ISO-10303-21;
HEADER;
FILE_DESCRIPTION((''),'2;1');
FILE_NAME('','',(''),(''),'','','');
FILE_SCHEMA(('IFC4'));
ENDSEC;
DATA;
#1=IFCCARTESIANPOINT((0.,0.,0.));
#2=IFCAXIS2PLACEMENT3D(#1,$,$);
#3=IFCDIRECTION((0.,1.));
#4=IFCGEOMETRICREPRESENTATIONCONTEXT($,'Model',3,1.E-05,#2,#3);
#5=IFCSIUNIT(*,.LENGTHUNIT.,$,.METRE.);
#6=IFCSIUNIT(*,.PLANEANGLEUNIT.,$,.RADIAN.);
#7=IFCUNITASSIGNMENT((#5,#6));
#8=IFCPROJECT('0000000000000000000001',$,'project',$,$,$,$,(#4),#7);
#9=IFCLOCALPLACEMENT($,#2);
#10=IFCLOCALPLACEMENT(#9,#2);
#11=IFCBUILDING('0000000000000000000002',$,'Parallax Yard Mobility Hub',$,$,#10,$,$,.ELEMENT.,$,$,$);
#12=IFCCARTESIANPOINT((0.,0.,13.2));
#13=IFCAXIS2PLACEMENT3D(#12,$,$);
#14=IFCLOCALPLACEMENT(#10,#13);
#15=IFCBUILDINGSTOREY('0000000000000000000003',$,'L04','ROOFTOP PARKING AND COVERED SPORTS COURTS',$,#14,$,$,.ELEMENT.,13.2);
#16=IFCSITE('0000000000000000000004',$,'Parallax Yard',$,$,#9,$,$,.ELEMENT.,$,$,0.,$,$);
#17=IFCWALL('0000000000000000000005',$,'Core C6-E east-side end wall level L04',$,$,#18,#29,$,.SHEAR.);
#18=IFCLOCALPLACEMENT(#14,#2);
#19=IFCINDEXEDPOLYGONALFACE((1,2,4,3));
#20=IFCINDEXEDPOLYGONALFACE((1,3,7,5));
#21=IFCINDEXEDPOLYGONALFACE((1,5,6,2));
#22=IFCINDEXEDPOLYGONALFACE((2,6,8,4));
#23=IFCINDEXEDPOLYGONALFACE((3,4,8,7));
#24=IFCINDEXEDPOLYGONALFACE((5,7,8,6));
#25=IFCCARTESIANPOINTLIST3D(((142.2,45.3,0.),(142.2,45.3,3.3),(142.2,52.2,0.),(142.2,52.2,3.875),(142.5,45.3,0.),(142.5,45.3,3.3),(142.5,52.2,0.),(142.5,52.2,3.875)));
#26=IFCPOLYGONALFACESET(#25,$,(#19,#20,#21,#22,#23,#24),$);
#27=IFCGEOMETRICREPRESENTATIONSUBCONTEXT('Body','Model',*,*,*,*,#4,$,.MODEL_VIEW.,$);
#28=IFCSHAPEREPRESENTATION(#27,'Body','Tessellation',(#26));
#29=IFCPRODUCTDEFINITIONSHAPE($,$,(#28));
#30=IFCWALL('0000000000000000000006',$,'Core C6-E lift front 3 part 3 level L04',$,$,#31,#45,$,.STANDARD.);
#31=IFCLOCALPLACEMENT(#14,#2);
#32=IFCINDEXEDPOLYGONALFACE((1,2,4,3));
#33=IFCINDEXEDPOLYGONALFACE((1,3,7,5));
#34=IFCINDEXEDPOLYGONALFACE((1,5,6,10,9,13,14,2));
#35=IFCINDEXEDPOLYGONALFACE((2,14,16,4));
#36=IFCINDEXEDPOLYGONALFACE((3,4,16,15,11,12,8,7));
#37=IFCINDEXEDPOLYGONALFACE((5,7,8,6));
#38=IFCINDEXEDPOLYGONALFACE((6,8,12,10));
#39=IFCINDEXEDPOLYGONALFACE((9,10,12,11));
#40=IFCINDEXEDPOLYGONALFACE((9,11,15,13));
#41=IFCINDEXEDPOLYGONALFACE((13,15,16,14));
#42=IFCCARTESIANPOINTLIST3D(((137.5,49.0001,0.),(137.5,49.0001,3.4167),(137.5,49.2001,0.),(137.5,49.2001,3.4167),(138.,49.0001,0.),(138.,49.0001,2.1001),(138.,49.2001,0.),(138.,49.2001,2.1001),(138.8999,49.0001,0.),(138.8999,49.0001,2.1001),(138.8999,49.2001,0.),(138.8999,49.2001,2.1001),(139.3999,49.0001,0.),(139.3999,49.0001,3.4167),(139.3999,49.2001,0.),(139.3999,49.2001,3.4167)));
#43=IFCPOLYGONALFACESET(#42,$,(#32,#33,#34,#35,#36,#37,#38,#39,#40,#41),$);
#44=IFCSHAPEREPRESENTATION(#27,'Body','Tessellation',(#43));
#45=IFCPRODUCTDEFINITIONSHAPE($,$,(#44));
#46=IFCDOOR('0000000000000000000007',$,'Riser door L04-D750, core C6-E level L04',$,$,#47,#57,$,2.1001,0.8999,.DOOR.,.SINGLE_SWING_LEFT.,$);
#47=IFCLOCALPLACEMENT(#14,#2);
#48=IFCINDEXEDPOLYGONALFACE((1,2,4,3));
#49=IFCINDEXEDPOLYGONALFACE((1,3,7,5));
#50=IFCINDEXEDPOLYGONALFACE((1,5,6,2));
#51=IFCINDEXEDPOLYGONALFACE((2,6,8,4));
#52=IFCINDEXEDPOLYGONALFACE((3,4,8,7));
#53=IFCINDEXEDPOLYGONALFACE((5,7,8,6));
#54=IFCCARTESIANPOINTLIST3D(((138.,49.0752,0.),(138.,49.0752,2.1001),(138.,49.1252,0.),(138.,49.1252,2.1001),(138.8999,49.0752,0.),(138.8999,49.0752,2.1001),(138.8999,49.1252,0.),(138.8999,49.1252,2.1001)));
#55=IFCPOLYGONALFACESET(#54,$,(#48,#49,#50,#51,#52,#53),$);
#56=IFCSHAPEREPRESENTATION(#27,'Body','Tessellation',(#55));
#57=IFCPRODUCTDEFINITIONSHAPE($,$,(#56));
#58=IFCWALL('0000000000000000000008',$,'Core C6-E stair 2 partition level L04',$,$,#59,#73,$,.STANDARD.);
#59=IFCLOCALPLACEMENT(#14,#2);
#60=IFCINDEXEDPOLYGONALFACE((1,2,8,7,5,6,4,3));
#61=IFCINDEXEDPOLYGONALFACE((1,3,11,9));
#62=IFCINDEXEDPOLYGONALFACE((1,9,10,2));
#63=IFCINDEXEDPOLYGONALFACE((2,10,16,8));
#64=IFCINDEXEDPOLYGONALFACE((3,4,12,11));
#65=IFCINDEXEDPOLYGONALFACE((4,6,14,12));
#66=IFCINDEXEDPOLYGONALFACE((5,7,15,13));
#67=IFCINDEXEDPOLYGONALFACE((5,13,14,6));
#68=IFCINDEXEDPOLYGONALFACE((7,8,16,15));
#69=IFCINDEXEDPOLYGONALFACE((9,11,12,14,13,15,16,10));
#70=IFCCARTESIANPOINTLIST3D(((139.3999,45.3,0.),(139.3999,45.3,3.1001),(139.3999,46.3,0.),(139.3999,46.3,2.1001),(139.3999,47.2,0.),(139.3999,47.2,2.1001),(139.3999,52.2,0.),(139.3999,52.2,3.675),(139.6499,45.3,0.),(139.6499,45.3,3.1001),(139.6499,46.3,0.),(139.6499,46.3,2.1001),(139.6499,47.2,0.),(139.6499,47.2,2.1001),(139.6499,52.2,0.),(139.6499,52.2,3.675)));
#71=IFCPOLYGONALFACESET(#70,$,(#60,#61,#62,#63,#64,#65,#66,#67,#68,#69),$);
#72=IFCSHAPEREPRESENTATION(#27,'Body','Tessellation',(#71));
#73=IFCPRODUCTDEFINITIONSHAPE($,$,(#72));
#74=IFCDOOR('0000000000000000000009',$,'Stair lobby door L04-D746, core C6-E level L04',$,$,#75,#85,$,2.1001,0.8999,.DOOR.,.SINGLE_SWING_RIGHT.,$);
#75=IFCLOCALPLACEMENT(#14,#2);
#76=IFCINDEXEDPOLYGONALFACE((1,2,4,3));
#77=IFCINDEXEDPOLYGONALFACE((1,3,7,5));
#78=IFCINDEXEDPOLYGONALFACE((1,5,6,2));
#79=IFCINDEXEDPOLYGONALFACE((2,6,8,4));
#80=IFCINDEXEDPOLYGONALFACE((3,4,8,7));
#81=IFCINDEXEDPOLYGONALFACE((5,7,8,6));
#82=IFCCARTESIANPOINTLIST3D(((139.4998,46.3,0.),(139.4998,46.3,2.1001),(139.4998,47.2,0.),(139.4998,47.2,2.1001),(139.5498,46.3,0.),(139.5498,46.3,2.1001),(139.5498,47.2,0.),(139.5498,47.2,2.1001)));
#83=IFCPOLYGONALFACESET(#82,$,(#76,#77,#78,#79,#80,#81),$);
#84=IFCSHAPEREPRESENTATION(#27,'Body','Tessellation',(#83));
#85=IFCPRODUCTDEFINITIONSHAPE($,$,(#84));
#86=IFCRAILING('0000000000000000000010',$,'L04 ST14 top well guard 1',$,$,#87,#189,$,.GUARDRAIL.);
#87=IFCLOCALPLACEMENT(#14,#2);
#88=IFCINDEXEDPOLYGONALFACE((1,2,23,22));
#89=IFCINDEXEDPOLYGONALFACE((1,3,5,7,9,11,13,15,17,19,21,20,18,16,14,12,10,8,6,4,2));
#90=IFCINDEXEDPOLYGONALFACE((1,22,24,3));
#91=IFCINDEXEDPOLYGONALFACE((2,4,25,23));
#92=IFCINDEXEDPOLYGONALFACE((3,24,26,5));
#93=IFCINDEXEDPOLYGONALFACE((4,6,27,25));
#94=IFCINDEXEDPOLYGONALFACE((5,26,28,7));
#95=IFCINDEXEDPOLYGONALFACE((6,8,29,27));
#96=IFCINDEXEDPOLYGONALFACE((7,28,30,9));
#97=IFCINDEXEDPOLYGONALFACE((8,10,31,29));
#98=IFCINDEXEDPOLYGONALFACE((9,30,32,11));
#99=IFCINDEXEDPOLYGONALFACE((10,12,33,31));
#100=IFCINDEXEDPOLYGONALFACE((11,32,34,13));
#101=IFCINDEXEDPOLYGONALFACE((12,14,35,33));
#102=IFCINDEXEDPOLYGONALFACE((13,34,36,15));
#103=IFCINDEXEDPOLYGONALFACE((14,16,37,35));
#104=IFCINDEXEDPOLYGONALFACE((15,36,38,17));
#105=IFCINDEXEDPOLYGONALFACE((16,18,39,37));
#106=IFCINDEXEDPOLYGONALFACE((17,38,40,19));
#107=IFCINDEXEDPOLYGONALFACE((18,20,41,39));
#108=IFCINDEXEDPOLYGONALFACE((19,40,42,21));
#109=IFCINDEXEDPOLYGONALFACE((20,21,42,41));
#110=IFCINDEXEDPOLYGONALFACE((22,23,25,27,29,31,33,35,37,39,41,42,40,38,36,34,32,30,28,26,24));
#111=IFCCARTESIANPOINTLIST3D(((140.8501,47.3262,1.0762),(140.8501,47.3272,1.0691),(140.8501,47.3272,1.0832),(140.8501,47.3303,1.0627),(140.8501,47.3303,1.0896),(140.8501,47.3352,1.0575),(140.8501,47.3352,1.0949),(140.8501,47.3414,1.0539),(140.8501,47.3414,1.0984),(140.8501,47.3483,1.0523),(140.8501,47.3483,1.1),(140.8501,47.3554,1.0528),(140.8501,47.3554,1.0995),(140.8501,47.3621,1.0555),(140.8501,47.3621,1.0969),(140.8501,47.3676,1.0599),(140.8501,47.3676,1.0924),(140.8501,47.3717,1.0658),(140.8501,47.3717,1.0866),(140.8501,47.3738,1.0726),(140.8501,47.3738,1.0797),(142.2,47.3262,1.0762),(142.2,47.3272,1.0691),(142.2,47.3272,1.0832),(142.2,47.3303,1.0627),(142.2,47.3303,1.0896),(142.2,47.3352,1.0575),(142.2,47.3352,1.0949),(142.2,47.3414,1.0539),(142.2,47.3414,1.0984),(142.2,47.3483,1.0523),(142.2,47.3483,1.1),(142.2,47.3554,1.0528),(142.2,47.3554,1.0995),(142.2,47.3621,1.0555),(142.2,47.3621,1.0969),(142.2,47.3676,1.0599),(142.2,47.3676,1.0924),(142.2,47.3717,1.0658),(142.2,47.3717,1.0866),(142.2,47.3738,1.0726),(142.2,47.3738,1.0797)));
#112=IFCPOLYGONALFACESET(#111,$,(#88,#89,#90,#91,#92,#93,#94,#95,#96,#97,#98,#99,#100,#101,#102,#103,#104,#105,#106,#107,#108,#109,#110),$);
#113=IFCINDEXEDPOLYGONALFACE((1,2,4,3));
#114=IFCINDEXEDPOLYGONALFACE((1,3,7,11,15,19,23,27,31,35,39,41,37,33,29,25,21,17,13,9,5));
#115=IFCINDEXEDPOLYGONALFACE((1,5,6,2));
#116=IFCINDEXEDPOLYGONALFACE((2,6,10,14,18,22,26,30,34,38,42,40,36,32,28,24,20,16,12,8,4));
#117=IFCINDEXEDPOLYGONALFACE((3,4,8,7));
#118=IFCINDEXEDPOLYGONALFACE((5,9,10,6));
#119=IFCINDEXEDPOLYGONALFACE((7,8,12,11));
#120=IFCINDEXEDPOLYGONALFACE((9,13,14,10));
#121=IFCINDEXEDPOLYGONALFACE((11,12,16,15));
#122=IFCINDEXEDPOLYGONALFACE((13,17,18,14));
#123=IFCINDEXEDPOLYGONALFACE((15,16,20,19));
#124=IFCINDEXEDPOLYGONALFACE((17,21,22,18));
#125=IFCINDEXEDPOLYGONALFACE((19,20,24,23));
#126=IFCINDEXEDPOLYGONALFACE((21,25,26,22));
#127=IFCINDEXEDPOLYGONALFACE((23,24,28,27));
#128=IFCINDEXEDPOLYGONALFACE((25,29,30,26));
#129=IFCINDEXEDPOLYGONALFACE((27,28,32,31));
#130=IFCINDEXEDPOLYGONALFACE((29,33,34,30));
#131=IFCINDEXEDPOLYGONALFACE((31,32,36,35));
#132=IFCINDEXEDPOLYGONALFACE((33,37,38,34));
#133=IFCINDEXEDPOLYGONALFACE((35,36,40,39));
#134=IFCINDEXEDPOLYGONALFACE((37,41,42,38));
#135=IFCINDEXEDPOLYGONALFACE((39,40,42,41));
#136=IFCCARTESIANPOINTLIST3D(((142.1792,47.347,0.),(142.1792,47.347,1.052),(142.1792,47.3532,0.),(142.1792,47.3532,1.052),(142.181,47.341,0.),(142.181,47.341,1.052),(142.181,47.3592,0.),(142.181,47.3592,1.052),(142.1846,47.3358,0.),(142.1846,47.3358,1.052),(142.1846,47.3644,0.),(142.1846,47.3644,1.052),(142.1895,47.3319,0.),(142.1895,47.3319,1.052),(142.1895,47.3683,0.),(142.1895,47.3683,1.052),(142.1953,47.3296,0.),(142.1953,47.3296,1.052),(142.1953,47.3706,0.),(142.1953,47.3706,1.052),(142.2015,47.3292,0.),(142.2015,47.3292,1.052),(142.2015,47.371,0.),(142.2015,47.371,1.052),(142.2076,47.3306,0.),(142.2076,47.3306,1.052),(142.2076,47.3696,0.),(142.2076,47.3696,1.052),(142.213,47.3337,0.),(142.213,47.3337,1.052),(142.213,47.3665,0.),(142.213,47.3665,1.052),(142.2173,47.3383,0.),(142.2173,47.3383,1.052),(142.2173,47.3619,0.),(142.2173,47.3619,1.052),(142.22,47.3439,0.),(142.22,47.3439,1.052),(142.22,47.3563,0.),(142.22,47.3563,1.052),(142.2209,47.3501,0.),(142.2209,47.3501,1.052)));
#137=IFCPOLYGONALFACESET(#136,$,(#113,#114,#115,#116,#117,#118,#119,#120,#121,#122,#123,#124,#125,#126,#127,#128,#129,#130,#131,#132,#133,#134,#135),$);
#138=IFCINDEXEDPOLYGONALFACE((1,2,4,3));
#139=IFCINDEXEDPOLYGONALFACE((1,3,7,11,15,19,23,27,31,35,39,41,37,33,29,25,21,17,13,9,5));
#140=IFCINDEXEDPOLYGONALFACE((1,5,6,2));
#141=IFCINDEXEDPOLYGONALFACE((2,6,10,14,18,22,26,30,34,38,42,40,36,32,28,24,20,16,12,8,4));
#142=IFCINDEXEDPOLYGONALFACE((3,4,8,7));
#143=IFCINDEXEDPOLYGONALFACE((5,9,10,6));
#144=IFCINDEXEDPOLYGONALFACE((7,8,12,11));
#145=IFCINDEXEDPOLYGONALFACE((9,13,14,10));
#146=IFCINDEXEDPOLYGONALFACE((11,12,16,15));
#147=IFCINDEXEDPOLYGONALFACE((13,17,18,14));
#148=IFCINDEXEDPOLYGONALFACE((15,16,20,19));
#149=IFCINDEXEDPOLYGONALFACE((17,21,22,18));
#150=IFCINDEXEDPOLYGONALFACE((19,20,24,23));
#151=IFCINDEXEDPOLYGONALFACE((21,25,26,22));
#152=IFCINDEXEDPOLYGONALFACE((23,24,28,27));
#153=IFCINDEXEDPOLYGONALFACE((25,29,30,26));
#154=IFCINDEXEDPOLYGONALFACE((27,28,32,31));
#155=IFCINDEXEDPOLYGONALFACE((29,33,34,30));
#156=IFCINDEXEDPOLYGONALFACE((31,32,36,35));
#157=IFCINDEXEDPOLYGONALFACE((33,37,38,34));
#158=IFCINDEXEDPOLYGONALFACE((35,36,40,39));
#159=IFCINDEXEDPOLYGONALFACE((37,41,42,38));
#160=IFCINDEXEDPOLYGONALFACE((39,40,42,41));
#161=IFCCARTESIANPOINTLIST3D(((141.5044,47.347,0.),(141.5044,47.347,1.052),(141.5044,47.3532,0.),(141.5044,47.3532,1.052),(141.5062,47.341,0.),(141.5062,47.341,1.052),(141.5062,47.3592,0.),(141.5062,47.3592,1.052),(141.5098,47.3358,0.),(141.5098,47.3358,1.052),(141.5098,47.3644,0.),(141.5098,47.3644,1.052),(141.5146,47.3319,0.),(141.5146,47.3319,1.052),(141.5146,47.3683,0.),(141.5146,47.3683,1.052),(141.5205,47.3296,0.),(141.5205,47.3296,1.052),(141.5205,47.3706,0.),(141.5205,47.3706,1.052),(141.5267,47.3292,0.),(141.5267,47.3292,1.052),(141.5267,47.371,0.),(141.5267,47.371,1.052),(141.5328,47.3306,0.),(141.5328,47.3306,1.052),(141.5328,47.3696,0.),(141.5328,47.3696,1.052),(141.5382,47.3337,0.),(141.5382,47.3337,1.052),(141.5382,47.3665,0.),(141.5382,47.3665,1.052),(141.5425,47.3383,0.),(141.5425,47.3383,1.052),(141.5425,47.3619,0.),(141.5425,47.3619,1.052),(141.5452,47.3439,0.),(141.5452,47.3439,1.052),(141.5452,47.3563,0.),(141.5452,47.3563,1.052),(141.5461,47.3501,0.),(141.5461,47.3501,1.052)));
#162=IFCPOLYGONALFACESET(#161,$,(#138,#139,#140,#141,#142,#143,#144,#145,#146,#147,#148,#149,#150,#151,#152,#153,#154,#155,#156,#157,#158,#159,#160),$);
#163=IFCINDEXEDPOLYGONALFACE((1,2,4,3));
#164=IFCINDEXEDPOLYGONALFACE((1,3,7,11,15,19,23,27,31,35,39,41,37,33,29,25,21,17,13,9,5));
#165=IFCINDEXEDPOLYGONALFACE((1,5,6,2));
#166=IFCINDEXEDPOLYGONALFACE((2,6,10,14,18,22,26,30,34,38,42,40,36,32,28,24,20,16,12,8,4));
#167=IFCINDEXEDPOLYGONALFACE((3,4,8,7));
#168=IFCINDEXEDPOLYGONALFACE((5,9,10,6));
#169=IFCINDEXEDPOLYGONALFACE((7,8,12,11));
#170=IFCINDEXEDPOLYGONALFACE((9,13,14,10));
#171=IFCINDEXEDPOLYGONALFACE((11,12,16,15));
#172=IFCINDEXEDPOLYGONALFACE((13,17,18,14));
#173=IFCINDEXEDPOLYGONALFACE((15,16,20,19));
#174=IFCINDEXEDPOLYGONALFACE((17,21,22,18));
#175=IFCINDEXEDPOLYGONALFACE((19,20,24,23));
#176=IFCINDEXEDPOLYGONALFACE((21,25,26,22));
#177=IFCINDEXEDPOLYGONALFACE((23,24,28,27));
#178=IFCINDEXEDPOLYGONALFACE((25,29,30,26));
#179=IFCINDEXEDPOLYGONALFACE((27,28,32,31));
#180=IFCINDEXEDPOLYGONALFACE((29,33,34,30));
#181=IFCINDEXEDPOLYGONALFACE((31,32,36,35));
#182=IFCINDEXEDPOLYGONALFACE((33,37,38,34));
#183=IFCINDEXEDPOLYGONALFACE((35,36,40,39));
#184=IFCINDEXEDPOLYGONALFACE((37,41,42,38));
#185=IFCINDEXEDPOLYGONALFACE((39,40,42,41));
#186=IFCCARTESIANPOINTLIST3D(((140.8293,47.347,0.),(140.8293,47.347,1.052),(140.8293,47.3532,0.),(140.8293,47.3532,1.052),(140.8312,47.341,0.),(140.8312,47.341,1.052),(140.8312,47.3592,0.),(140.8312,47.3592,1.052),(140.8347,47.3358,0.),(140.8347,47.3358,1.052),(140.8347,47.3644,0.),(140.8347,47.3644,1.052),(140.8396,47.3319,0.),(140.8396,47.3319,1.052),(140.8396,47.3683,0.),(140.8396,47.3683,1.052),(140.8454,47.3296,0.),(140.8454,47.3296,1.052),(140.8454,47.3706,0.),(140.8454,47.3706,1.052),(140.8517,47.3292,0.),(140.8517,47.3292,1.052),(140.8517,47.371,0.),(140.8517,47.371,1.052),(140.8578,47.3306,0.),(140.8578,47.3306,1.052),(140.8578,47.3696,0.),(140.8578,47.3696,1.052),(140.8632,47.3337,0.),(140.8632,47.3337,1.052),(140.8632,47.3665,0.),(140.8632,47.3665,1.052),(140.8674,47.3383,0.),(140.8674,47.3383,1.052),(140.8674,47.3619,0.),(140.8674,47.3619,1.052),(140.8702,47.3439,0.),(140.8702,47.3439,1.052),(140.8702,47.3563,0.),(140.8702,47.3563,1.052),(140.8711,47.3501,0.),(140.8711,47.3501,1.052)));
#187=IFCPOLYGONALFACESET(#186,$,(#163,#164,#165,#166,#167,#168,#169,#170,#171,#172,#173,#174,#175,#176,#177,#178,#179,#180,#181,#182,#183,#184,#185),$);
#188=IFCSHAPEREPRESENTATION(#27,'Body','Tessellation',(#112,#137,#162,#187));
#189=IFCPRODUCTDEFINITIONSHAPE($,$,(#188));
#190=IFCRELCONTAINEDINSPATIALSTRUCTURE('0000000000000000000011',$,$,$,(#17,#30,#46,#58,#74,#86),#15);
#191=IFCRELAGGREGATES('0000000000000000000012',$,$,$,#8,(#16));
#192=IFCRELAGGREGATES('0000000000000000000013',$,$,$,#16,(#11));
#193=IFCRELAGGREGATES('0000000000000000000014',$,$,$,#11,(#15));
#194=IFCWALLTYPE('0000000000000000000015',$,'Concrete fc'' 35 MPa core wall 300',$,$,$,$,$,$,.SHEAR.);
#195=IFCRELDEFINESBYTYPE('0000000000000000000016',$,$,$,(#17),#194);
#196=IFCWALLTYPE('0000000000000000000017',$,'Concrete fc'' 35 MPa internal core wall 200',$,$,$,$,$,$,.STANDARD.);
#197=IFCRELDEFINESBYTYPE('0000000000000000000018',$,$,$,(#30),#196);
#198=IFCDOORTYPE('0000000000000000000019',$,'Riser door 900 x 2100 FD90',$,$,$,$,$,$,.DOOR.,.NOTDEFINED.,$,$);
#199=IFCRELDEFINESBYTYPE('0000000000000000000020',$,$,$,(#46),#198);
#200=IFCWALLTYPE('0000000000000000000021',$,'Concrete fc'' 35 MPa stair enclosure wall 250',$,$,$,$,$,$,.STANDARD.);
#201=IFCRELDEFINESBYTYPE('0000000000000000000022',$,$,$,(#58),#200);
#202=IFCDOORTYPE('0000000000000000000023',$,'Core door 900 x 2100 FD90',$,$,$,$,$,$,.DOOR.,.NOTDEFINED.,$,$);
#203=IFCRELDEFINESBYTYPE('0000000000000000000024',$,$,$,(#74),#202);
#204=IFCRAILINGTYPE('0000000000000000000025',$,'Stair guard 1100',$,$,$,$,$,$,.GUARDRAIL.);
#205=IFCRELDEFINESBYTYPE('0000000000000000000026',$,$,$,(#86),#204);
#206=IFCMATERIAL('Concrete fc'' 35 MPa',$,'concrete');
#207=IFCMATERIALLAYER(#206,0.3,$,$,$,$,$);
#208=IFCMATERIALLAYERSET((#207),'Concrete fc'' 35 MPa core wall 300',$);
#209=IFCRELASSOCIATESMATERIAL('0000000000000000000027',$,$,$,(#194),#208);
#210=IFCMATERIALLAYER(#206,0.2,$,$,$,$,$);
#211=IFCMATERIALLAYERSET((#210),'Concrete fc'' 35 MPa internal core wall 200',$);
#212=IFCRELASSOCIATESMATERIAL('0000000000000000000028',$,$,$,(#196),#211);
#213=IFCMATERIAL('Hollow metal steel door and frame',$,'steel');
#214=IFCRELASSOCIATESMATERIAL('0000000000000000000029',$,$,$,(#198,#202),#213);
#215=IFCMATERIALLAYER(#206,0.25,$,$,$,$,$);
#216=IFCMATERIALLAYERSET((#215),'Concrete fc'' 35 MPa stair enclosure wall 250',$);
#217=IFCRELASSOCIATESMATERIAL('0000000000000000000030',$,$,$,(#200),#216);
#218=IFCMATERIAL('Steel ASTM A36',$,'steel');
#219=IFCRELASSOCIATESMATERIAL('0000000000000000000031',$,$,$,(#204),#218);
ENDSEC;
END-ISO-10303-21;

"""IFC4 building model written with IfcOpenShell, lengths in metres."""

from ifc_helpers import new_model, si_unit, direction, frame, frame_2d, origin, origin_2d, place, context, subcontext, project, spatial, polyline, rectangle, circle, outline, extrude, material, layer, layer_set, type_object, element, fill, save


model = new_model("IFC4")

# Units and contexts
model_context = context("Model", 3, precision=1e-05, world=origin(), true_north=direction((0.0, 1.0)))
body_context = subcontext(model_context, "Body", "Model", "MODEL_VIEW")
ifc_project = project(units=[si_unit("LENGTHUNIT", "METRE"), si_unit("PLANEANGLEUNIT", "RADIAN")], contexts=[model_context])

# Site, building, storey
site_placement = place(None, origin())
site = spatial("IfcSite", under=ifc_project, at=site_placement, Name="Parallax Yard", CompositionType="ELEMENT", RefElevation=0.0)
building_placement = place(site_placement, origin())
building = spatial("IfcBuilding", under=site, at=building_placement, Name="Parallax Yard Mobility Hub", CompositionType="ELEMENT")
storey_placement = place(building_placement, frame((0.0, 0.0, 13.2)))
storey = spatial("IfcBuildingStorey", under=building, at=storey_placement, Name="L04", Description="ROOFTOP PARKING AND COVERED SPORTS COURTS", CompositionType="ELEMENT", Elevation=13.2)

# Wall
ifc_material_1 = material(Name="Concrete fc' 35 MPa", Category="concrete")
ifc_layer_1 = layer(ifc_material_1, 0.3)
ifc_layer_set_1 = layer_set([ifc_layer_1], Name="Concrete fc' 35 MPa core wall 300")
wall_type_1 = type_object("IfcWallType", Name="Concrete fc' 35 MPa core wall 300", PredefinedType="SHEAR", material=ifc_layer_set_1)
wall_1_placement = place(storey_placement, frame((142.3501, 52.2, 0.0), z_axis=(0.0, 0.0, 1.0), x_axis=(0.0, -1.0, 0.0)))
element("IfcWall", 1, at=wall_1_placement, inside=storey, type_object=wall_type_1, Name="Core C6-E east-side end wall level L04", PredefinedType="SHEAR", context=body_context, shape_type="SweptSolid", body=[
    extrude(outline(polyline([(0.0, 0.0), (6.8999, 0.0), (6.8999, 3.3), (0.0, 3.875), (0.0, 0.0)])), frame((0.0, 0.1499, 0.0), z_axis=(0.0, -1.0, 0.0), x_axis=(1.0, 0.0, 0.0)), (0.0, 0.0, 1.0), 0.3),
])

# Walls, openings, doors
ifc_layer_2 = layer(ifc_material_1, 0.2)
ifc_layer_set_2 = layer_set([ifc_layer_2], Name="Concrete fc' 35 MPa internal core wall 200")
wall_type_2 = type_object("IfcWallType", Name="Concrete fc' 35 MPa internal core wall 200", PredefinedType="STANDARD", material=ifc_layer_set_2)
wall_2_placement = place(storey_placement, frame((139.3999, 49.1001, 0.0), z_axis=(0.0, 0.0, 1.0), x_axis=(-1.0, 0.0, 0.0)))
wall_2 = element("IfcWall", 2, at=wall_2_placement, inside=storey, type_object=wall_type_2, Name="Core C6-E lift front 3 part 3 level L04", PredefinedType="STANDARD", context=body_context, shape_type="SweptSolid", body=[
    extrude(rectangle(XDim=1.8999, YDim=0.2, at=frame_2d((0.95, 0.0))), origin(), (0.0, 0.0, 1.0), 3.4167),
])
opening_1_placement = place(wall_2_placement, frame((0.5, 0.0, 0.0)))
opening_1 = element("IfcOpeningElement", 3, at=opening_1_placement, cuts=wall_2, PredefinedType="OPENING", context=body_context, shape_type="SweptSolid", body=[
    extrude(rectangle(XDim=0.8999, YDim=2.1001, at=frame_2d((0.45, 1.05))), frame((0.0, 0.1099, 0.0), z_axis=(0.0, -1.0, 0.0), x_axis=(1.0, 0.0, 0.0)), (0.0, 0.0, 1.0), 0.22),
])
ifc_material_2 = material(Name="Hollow metal steel door and frame", Category="steel")
door_type_1 = type_object("IfcDoorType", Name="Riser door 900 x 2100 FD90", OperationType="NOTDEFINED", PredefinedType="DOOR", material=ifc_material_2)
door_1_placement = place(opening_1_placement, origin())
door_1 = element("IfcDoor", 4, at=door_1_placement, inside=storey, type_object=door_type_1, Name="Riser door L04-D750, core C6-E level L04", OperationType="SINGLE_SWING_LEFT", OverallHeight=2.1001, OverallWidth=0.8999, PredefinedType="DOOR", context=body_context, shape_type="SweptSolid", body=[
    extrude(rectangle(XDim=0.8999, YDim=2.1001, at=frame_2d((0.45, 1.05))), frame((0.0, 0.0249, 0.0), z_axis=(0.0, -1.0, 0.0), x_axis=(1.0, 0.0, 0.0)), (0.0, 0.0, 1.0), 0.05),
])
fill(opening_1, door_1)
ifc_layer_3 = layer(ifc_material_1, 0.25)
ifc_layer_set_3 = layer_set([ifc_layer_3], Name="Concrete fc' 35 MPa stair enclosure wall 250")
wall_type_3 = type_object("IfcWallType", Name="Concrete fc' 35 MPa stair enclosure wall 250", PredefinedType="STANDARD", material=ifc_layer_set_3)
wall_3_placement = place(storey_placement, frame((139.5249, 52.2, 0.0), z_axis=(0.0, 0.0, 1.0), x_axis=(0.0, -1.0, 0.0)))
wall_3 = element("IfcWall", 5, at=wall_3_placement, inside=storey, type_object=wall_type_3, Name="Core C6-E stair 2 partition level L04", PredefinedType="STANDARD", context=body_context, shape_type="SweptSolid", body=[
    extrude(outline(polyline([(0.0, 0.0), (6.8999, 0.0), (6.8999, 3.1001), (0.0, 3.675), (0.0, 0.0)])), frame((0.0, 0.125, 0.0), z_axis=(0.0, -1.0, 0.0), x_axis=(1.0, 0.0, 0.0)), (0.0, 0.0, 1.0), 0.25),
])
opening_2_placement = place(wall_3_placement, frame((5.0, 0.0, 0.0)))
opening_2 = element("IfcOpeningElement", 6, at=opening_2_placement, cuts=wall_3, PredefinedType="OPENING", context=body_context, shape_type="SweptSolid", body=[
    extrude(rectangle(XDim=0.8999, YDim=2.1001, at=frame_2d((0.45, 1.05))), frame((0.0, 0.135, 0.0), z_axis=(0.0, -1.0, 0.0), x_axis=(1.0, 0.0, 0.0)), (0.0, 0.0, 1.0), 0.27),
])
door_type_2 = type_object("IfcDoorType", Name="Core door 900 x 2100 FD90", OperationType="NOTDEFINED", PredefinedType="DOOR", material=ifc_material_2)
door_2_placement = place(opening_2_placement, origin())
door_2 = element("IfcDoor", 7, at=door_2_placement, inside=storey, type_object=door_type_2, Name="Stair lobby door L04-D746, core C6-E level L04", OperationType="SINGLE_SWING_RIGHT", OverallHeight=2.1001, OverallWidth=0.8999, PredefinedType="DOOR", context=body_context, shape_type="SweptSolid", body=[
    extrude(rectangle(XDim=0.8999, YDim=2.1001, at=frame_2d((0.45, 1.05))), frame((0.0, 0.0249, 0.0), z_axis=(0.0, -1.0, 0.0), x_axis=(1.0, 0.0, 0.0)), (0.0, 0.0, 1.0), 0.05),
])
fill(opening_2, door_2)

# Railing
ifc_material_3 = material(Name="Steel ASTM A36", Category="steel")
railing_type = type_object("IfcRailingType", Name="Stair guard 1100", PredefinedType="GUARDRAIL", material=ifc_material_3)
railing_placement = place(storey_placement, frame((142.2, 47.3501, 0.0)))
element("IfcRailing", 8, at=railing_placement, inside=storey, type_object=railing_type, Name="L04 ST14 top well guard 1", PredefinedType="GUARDRAIL", context=body_context, shape_type="SweptSolid", body=[
    extrude(circle(Radius=0.0239, at=origin_2d()), frame((0.0, 0.0, 1.0762), z_axis=(-1.0, 0.0, 0.0), x_axis=(0.0, -1.0, 0.0)), (0.0, 0.0, 1.0), 1.3499),
    extrude(circle(Radius=0.021, at=origin_2d()), origin(), (0.0, 0.0, 1.0), 1.052),
    extrude(circle(Radius=0.021, at=origin_2d()), frame((-0.6748, 0.0, 0.0)), (0.0, 0.0, 1.0), 1.052),
    extrude(circle(Radius=0.021, at=origin_2d()), frame((-1.3499, 0.0, 0.0)), (0.0, 0.0, 1.0), 1.052),
])

save(model, "model.ifc")
